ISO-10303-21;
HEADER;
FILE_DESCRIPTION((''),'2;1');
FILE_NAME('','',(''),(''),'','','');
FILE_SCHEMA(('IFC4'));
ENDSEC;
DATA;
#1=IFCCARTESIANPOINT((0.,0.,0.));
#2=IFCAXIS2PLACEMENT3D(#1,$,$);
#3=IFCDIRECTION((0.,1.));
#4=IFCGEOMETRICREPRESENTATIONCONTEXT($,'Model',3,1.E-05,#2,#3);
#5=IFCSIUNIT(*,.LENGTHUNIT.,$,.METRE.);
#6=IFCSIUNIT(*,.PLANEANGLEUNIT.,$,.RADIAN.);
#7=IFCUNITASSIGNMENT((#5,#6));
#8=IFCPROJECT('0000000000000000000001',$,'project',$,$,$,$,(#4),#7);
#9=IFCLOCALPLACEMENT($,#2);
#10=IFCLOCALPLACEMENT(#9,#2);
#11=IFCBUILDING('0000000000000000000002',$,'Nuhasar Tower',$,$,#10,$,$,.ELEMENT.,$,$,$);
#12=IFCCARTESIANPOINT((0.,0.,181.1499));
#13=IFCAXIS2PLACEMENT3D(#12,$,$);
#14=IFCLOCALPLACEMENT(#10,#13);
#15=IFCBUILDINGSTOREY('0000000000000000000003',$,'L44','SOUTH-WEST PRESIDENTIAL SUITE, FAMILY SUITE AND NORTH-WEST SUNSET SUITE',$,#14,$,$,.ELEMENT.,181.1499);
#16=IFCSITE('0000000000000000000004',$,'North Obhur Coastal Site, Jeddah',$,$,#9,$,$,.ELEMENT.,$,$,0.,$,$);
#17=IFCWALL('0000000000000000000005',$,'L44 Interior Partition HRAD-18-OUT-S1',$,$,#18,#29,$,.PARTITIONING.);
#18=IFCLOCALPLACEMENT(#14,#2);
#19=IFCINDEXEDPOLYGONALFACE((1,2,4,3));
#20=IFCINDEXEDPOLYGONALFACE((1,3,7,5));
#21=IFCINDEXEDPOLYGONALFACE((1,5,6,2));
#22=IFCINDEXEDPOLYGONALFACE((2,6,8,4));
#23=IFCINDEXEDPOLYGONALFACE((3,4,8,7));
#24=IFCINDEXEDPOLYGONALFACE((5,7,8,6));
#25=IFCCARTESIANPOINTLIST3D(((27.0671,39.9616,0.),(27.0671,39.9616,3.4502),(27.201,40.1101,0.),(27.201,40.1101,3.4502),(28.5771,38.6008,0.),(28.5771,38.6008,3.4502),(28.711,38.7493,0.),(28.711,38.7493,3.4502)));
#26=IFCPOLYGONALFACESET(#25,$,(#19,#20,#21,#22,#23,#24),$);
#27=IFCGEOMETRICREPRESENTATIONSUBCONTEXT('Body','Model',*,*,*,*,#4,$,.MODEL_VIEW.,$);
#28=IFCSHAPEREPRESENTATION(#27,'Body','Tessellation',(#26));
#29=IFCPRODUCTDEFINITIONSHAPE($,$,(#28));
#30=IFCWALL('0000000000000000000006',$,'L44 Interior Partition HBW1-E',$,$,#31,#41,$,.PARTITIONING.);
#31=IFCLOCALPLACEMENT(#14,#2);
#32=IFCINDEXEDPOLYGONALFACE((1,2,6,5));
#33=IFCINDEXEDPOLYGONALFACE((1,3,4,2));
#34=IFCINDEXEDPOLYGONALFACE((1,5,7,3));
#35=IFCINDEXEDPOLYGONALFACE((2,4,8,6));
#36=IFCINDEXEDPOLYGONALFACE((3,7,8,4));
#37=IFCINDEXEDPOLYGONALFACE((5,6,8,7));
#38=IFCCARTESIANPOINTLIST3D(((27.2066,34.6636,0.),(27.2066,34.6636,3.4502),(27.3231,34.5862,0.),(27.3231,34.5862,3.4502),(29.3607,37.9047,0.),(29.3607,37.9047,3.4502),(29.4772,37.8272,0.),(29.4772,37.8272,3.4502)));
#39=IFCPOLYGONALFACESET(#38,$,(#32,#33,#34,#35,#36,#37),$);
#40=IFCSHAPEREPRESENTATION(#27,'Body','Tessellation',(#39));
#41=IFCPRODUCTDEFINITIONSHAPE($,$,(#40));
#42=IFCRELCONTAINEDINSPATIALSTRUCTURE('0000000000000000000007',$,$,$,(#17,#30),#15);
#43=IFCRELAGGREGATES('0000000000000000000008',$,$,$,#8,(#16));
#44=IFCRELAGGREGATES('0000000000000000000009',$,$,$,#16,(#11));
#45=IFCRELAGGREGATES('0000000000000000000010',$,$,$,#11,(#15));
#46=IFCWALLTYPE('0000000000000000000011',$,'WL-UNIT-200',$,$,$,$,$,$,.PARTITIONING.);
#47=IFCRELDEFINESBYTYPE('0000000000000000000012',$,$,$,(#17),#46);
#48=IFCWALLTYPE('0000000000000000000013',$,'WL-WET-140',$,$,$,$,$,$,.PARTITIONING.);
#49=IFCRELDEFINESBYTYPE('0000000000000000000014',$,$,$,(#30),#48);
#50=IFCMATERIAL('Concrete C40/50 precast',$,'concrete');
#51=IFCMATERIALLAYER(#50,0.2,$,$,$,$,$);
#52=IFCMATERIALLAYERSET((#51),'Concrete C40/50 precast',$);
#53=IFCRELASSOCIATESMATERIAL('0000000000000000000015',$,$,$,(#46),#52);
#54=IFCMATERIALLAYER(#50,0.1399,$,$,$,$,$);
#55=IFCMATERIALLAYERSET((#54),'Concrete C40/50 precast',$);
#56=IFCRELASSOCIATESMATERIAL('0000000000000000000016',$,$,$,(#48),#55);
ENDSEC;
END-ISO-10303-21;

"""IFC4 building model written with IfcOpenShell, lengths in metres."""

from ifc_helpers import new_model, si_unit, direction, frame, frame_2d, origin, place, context, subcontext, project, spatial, rectangle, extrude, material, layer, layer_set, type_object, element, save


model = new_model("IFC4")

# Units and contexts
model_context = context("Model", 3, precision=1e-05, world=origin(), true_north=direction((0.0, 1.0)))
body_context = subcontext(model_context, "Body", "Model", "MODEL_VIEW")
ifc_project = project(units=[si_unit("LENGTHUNIT", "METRE"), si_unit("PLANEANGLEUNIT", "RADIAN")], contexts=[model_context])

# Site, building, storey
site_placement = place(None, origin())
site = spatial("IfcSite", under=ifc_project, at=site_placement, Name="North Obhur Coastal Site, Jeddah", CompositionType="ELEMENT", RefElevation=0.0)
building_placement = place(site_placement, origin())
building = spatial("IfcBuilding", under=site, at=building_placement, Name="Nuhasar Tower", CompositionType="ELEMENT")
storey_placement = place(building_placement, frame((0.0, 0.0, 181.1499)))
storey = spatial("IfcBuildingStorey", under=building, at=storey_placement, Name="L44", Description="SOUTH-WEST PRESIDENTIAL SUITE, FAMILY SUITE AND NORTH-WEST SUNSET SUITE", CompositionType="ELEMENT", Elevation=181.1499)

# Walls
ifc_material_1 = material(Name="Concrete C40/50 precast", Category="concrete")
ifc_layer_1 = layer(ifc_material_1, 0.2)
ifc_layer_set_1 = layer_set([ifc_layer_1], Name="Concrete C40/50 precast")
wall_type_1 = type_object("IfcWallType", Name="WL-UNIT-200", PredefinedType="PARTITIONING", material=ifc_layer_set_1)
wall_1_placement = place(storey_placement, frame((28.644, 38.675, 0.0), z_axis=(0.0, 0.0, 1.0), x_axis=(-0.742846, 0.669462, 0.0)))
element("IfcWall", 1, at=wall_1_placement, inside=storey, type_object=wall_type_1, Name="L44 Interior Partition HRAD-18-OUT-S1", PredefinedType="PARTITIONING", context=body_context, shape_type="SweptSolid", body=[
    extrude(rectangle(XDim=2.0327, YDim=0.2, at=frame_2d((1.0164, 0.0))), origin(), (0.0, 0.0, 1.0), 3.4502),
])
ifc_layer_2 = layer(ifc_material_1, 0.1399)
ifc_layer_set_2 = layer_set([ifc_layer_2], Name="Concrete C40/50 precast")
wall_type_2 = type_object("IfcWallType", Name="WL-WET-140", PredefinedType="PARTITIONING", material=ifc_layer_set_2)
wall_2_placement = place(storey_placement, frame((29.4189, 37.866, 0.0), z_axis=(0.0, 0.0, 1.0), x_axis=(-0.553527, -0.832831, 0.0)))
element("IfcWall", 2, at=wall_2_placement, inside=storey, type_object=wall_type_2, Name="L44 Interior Partition HBW1-E", PredefinedType="PARTITIONING", context=body_context, shape_type="SweptSolid", body=[
    extrude(rectangle(XDim=3.8916, YDim=0.1399, at=frame_2d((1.9458, 0.0))), origin(), (0.0, 0.0, 1.0), 3.4502),
])

save(model, "model.ifc")
